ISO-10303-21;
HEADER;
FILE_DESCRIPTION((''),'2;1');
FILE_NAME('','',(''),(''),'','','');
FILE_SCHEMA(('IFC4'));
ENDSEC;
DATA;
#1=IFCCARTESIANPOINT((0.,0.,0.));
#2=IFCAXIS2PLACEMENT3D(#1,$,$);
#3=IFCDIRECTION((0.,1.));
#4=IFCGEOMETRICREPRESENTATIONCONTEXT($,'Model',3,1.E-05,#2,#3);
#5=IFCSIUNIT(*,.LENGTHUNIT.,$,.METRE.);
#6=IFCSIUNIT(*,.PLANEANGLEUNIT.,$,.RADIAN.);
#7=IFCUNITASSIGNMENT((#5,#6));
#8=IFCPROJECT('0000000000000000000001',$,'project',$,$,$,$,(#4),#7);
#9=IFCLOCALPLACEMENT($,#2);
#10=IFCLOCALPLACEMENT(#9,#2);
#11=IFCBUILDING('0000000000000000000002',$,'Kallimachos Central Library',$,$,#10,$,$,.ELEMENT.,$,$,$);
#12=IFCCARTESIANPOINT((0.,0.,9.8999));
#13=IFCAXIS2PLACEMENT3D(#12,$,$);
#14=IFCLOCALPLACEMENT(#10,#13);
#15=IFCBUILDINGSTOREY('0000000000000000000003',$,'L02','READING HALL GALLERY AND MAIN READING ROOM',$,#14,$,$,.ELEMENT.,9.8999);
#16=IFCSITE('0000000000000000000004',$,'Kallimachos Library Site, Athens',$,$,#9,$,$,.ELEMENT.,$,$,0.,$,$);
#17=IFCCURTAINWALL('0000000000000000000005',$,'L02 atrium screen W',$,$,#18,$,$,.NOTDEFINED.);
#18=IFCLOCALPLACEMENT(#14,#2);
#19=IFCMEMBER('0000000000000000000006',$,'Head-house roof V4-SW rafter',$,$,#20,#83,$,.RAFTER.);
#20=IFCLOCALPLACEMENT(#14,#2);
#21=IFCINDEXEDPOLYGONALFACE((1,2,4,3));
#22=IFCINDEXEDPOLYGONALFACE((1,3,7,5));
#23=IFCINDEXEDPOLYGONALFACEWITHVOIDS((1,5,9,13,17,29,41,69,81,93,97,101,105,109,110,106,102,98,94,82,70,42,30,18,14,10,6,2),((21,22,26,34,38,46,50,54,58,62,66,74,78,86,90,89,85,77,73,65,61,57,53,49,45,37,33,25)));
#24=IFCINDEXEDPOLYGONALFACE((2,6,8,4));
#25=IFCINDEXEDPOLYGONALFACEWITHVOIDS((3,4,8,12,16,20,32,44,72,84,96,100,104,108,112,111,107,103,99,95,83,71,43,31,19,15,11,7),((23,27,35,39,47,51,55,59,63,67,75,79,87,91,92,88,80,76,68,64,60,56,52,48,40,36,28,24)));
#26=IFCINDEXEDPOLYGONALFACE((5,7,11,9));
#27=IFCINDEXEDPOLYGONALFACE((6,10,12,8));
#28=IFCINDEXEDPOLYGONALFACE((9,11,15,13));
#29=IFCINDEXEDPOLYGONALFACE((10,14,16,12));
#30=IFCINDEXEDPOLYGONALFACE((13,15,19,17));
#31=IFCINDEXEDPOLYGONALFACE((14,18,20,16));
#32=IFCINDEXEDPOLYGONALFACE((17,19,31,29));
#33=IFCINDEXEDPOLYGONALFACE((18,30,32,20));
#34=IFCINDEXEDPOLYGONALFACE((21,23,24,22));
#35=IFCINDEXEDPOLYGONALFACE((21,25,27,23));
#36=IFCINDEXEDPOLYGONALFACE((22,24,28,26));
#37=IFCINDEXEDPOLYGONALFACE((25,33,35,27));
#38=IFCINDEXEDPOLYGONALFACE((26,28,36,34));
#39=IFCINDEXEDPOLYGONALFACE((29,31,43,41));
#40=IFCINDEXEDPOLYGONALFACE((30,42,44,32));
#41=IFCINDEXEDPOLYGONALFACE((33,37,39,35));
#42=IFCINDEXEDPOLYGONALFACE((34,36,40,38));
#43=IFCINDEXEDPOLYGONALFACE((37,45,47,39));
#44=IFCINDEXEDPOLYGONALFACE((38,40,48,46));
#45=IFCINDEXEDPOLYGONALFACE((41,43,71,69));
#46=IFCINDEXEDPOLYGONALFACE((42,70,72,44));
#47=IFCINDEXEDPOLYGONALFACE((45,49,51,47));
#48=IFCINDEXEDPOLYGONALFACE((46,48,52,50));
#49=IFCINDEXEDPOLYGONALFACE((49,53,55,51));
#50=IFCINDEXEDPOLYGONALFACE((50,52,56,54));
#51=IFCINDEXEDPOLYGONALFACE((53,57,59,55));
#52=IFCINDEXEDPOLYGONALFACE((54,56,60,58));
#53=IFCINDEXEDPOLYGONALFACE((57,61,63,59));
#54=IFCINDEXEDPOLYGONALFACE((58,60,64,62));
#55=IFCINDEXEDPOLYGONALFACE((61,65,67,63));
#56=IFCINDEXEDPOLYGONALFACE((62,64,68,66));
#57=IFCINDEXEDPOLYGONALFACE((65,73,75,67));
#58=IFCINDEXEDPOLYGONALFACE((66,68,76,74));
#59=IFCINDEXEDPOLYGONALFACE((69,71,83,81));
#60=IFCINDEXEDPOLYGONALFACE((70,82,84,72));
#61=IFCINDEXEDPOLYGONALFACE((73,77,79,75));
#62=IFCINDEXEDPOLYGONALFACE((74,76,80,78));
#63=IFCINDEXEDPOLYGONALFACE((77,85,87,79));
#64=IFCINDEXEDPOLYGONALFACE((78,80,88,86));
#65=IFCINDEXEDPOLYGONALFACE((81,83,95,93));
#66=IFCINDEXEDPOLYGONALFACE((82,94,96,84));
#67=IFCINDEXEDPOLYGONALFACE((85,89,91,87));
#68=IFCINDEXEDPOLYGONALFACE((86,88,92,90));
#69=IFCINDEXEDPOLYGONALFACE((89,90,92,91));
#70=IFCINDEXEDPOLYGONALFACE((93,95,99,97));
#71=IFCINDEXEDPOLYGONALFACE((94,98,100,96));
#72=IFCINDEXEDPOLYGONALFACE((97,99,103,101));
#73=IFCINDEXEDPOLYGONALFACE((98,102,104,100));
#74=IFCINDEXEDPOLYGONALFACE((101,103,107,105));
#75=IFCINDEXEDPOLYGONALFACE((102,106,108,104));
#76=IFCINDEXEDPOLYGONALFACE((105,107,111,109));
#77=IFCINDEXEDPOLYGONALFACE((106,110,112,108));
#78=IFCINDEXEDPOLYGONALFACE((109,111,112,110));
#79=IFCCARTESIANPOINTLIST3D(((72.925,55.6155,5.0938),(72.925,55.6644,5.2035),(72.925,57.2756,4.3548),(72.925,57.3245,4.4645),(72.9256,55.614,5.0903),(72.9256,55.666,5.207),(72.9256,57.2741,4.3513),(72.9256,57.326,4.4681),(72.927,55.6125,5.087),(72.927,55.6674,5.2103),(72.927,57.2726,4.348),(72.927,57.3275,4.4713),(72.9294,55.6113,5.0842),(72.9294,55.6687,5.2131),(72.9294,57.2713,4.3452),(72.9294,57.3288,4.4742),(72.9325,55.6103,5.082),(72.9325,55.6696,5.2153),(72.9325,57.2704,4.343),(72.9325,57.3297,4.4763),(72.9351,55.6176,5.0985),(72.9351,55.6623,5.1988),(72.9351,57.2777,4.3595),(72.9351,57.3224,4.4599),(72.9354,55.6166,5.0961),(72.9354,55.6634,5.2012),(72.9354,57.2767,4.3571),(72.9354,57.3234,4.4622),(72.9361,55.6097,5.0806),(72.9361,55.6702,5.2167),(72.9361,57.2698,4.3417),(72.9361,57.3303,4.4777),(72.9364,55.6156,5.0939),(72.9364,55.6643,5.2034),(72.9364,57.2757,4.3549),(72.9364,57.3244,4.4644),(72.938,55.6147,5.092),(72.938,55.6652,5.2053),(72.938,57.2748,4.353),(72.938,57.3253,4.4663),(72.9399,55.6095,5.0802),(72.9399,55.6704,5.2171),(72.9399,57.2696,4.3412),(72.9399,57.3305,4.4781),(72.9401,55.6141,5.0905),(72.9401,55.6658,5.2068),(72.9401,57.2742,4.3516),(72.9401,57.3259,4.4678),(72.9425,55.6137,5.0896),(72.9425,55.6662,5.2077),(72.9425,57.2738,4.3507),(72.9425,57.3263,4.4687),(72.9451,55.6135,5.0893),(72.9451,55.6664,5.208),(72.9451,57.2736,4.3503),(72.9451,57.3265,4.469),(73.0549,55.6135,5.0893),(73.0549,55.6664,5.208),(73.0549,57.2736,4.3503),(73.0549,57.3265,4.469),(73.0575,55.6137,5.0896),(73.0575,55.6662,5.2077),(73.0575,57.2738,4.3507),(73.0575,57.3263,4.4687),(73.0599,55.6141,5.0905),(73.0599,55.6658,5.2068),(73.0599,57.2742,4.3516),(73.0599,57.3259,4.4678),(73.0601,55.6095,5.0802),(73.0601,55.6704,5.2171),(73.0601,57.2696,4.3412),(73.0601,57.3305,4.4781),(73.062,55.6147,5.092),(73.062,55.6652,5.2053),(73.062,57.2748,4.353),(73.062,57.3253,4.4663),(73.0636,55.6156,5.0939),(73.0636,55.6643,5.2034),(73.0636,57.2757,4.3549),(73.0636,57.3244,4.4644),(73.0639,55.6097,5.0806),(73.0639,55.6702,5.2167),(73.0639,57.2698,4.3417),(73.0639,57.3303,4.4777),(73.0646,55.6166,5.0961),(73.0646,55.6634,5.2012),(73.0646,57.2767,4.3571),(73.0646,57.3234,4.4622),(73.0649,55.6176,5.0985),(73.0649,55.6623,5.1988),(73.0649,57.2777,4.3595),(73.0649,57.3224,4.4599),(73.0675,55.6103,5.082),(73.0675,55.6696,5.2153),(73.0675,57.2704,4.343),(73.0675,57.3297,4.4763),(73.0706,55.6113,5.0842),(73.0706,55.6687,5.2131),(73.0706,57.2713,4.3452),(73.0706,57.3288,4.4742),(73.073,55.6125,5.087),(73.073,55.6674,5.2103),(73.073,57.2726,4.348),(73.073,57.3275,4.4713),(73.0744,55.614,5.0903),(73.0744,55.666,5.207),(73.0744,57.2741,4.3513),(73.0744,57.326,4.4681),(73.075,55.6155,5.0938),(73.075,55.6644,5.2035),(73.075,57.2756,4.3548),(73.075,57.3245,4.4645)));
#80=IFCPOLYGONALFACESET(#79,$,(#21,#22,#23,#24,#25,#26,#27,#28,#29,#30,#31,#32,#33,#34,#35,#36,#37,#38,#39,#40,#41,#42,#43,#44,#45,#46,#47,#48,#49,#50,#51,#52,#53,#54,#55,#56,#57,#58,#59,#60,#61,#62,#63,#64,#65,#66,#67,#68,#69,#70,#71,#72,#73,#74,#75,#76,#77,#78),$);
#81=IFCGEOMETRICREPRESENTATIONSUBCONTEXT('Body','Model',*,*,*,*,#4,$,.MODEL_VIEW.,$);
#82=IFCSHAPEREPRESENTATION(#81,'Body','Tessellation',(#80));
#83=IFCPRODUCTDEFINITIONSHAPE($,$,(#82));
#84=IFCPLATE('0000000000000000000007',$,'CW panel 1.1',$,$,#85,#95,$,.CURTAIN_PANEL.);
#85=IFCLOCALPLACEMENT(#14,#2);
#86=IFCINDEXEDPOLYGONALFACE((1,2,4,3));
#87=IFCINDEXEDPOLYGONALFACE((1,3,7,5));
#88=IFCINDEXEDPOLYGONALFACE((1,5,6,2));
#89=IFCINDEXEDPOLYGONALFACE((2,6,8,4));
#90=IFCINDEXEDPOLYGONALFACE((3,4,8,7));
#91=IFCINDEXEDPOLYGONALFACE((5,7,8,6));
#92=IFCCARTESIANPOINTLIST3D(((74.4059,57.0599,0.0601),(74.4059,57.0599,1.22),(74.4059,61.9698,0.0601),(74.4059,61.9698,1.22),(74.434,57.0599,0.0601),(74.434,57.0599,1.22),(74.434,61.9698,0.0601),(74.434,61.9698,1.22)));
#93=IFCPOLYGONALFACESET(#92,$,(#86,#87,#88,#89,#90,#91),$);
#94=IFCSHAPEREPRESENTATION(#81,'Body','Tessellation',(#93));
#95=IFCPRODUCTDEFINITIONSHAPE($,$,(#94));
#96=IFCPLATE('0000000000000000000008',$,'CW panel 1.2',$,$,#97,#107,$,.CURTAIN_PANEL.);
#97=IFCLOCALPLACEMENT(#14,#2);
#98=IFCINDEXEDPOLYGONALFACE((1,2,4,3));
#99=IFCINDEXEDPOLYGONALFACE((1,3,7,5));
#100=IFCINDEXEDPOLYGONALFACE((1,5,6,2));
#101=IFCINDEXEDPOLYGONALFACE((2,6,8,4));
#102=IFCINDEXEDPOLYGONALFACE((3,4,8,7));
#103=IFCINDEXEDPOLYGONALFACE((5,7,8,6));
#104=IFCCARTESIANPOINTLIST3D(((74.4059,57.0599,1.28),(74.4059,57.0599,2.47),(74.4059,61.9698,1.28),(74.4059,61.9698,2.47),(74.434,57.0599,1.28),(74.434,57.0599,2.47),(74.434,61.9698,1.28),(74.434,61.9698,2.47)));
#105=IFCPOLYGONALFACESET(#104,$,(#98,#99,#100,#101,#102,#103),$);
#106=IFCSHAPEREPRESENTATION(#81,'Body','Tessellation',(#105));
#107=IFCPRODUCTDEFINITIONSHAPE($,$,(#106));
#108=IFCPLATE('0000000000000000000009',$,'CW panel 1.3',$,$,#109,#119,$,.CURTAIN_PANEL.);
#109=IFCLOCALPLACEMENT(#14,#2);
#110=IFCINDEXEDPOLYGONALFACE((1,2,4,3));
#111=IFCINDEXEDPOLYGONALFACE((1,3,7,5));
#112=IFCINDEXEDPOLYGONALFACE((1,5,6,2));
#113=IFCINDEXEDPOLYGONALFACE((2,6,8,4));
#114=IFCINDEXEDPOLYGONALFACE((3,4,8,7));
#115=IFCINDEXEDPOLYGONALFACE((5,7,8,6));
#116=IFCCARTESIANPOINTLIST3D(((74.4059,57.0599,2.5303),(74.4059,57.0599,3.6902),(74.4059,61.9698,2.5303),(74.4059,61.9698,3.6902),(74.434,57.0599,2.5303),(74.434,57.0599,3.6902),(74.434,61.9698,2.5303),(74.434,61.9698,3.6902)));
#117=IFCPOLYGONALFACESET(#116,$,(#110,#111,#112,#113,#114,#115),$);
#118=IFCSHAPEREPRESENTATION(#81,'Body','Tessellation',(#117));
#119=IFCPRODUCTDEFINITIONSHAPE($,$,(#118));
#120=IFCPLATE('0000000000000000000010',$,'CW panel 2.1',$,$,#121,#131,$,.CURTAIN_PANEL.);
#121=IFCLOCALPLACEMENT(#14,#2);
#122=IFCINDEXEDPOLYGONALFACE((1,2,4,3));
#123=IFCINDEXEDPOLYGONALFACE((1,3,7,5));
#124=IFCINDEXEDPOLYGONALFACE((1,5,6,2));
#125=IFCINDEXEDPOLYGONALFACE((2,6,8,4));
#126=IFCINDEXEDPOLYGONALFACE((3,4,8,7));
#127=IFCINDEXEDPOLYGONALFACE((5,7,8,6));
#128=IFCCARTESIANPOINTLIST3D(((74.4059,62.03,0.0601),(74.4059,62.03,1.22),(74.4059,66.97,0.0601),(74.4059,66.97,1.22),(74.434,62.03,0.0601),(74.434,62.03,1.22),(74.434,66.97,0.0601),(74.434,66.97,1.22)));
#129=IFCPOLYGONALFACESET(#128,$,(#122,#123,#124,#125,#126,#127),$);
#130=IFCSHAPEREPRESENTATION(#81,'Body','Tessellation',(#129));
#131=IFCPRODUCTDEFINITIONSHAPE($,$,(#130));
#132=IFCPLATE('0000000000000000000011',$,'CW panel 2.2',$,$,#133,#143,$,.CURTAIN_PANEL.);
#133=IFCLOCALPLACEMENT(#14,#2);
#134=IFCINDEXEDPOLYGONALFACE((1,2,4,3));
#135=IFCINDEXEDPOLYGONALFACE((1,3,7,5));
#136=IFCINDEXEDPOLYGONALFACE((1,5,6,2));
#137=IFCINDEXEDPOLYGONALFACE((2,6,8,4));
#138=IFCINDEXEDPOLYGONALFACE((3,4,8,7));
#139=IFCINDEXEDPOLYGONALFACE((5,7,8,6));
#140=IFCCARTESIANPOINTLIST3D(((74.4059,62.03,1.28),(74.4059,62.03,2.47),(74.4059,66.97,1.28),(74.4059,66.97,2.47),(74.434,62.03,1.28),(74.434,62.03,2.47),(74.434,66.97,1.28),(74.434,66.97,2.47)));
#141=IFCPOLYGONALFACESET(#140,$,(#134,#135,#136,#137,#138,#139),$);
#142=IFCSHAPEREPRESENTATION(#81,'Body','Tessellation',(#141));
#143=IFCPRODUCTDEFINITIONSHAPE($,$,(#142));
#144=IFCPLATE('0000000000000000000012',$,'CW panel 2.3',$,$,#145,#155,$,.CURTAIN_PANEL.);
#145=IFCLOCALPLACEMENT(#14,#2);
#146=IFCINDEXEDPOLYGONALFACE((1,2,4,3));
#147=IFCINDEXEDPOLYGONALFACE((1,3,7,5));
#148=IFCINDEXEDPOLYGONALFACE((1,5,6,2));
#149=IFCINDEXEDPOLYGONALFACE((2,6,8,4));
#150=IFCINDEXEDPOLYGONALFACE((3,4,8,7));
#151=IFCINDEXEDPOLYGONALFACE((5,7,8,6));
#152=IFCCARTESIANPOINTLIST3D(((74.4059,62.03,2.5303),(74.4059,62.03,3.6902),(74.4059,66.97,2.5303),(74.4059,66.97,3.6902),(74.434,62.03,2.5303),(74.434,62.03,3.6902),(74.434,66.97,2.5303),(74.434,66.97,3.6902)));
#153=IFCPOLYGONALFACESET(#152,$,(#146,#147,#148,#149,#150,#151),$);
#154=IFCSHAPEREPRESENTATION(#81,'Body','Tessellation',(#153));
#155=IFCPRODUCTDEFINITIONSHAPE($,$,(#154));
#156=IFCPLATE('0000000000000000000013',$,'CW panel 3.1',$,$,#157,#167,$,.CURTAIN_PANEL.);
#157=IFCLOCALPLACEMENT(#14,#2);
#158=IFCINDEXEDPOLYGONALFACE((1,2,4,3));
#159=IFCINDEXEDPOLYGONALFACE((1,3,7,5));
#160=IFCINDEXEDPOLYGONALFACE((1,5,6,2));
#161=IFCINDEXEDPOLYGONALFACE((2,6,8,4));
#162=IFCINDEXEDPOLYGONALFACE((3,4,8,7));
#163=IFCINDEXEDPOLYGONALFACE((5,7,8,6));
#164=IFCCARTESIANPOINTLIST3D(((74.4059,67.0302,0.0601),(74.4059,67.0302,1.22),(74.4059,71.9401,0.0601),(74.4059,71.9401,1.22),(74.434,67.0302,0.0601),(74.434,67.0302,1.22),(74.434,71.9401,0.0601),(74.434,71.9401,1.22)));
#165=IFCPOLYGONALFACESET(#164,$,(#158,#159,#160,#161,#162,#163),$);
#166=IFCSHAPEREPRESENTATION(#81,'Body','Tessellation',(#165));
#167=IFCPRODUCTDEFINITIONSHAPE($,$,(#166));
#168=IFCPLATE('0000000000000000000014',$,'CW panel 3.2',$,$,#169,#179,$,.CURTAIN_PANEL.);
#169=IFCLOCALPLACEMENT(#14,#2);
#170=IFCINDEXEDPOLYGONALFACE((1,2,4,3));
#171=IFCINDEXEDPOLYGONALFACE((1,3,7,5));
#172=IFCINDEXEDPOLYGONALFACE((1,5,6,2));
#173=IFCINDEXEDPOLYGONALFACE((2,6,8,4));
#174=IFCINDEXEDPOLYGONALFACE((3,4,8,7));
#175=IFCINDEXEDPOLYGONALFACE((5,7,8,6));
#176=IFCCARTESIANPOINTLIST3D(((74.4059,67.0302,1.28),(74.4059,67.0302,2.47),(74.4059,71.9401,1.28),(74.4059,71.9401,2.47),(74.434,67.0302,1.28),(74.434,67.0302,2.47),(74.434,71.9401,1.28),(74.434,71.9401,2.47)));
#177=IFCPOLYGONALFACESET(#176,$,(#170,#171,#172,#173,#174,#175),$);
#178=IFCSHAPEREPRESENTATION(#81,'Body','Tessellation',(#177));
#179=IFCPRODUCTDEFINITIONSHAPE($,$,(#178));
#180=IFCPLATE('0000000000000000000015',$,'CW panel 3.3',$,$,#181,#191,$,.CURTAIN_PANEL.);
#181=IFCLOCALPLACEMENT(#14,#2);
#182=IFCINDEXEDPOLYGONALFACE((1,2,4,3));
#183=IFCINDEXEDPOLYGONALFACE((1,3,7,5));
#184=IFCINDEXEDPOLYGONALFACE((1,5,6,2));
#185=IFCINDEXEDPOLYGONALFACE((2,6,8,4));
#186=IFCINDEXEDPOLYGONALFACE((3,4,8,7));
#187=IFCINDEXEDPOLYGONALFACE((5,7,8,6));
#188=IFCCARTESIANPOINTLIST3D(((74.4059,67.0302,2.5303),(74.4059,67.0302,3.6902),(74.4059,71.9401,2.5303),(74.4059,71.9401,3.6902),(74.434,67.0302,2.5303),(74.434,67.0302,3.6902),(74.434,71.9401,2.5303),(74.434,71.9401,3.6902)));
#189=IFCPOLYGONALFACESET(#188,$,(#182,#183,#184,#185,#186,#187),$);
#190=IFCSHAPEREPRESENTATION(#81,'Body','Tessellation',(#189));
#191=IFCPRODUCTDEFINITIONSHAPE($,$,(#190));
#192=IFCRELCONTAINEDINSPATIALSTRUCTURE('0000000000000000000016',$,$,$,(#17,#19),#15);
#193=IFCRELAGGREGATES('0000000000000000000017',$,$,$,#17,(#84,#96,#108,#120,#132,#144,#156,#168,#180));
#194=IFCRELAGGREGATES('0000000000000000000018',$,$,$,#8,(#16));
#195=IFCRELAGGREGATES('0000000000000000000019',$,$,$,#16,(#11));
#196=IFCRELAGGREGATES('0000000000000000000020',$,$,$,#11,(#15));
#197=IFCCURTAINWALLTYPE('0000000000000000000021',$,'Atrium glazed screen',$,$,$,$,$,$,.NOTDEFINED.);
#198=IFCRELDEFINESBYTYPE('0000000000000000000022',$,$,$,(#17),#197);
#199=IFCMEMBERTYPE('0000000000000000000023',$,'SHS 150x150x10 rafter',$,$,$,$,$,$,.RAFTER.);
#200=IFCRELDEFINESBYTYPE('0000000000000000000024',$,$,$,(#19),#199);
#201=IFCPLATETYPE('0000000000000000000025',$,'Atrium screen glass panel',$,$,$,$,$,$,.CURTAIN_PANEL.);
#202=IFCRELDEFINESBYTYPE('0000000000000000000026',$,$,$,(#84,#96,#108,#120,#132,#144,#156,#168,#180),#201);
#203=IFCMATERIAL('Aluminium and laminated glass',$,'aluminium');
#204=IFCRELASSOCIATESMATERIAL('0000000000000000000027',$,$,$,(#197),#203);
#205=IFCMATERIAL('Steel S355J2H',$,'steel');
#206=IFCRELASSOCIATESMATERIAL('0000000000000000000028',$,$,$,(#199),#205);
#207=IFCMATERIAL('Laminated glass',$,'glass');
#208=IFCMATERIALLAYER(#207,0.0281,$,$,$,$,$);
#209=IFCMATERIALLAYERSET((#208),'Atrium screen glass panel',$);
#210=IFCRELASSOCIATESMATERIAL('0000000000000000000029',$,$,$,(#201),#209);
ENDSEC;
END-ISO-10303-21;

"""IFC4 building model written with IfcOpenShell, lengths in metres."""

from ifc_helpers import new_model, si_unit, direction, frame, origin, origin_2d, place, context, subcontext, project, spatial, rectangle, hollow_rectangle, extrude, material, layer, layer_set, material_profile, profile_set, type_object, element, aggregate, save


model = new_model("IFC4")

# Units and contexts
model_context = context("Model", 3, precision=1e-05, world=origin(), true_north=direction((0.0, 1.0)))
body_context = subcontext(model_context, "Body", "Model", "MODEL_VIEW")
ifc_project = project(units=[si_unit("LENGTHUNIT", "METRE"), si_unit("PLANEANGLEUNIT", "RADIAN")], contexts=[model_context])

# Site, building, storey
site_placement = place(None, origin())
site = spatial("IfcSite", under=ifc_project, at=site_placement, Name="Kallimachos Library Site, Athens", CompositionType="ELEMENT", RefElevation=0.0)
building_placement = place(site_placement, origin())
building = spatial("IfcBuilding", under=site, at=building_placement, Name="Kallimachos Central Library", CompositionType="ELEMENT")
storey_placement = place(building_placement, frame((0.0, 0.0, 9.8999)))
storey = spatial("IfcBuildingStorey", under=building, at=storey_placement, Name="L02", Description="READING HALL GALLERY AND MAIN READING ROOM", CompositionType="ELEMENT", Elevation=9.8999)

# Curtain wall
ifc_material_1 = material(Name="Aluminium and laminated glass", Category="aluminium")
curtain_wall_type = type_object("IfcCurtainWallType", Name="Atrium glazed screen", PredefinedType="NOTDEFINED", material=ifc_material_1)
curtain_wall_placement = place(storey_placement, origin())
curtain_wall = element("IfcCurtainWall", 1, at=curtain_wall_placement, inside=storey, type_object=curtain_wall_type, Name="L02 atrium screen W", PredefinedType="NOTDEFINED")

# Member
ifc_material_2 = material(Name="Steel S355J2H", Category="steel")
ifc_material_profile_1 = material_profile(ifc_material_2, hollow_rectangle(XDim=0.1499, YDim=0.1499, WallThickness=0.01, InnerFilletRadius=0.01, OuterFilletRadius=0.0149, at=origin_2d()), Name="SHS 150x150x10")
ifc_profile_set_1 = profile_set([ifc_material_profile_1], Name="Steel S355J2H")
member_type_1 = type_object("IfcMemberType", Name="SHS 150x150x10 rafter", PredefinedType="RAFTER", material=ifc_profile_set_1)
member_1_placement = place(storey_placement, frame((73.0, 57.3, 4.4097), z_axis=(0.0, -0.913573, 0.406674), x_axis=(1.0, 0.0, 0.0)))
element("IfcMember", 2, at=member_1_placement, inside=storey, type_object=member_type_1, Name="Head-house roof V4-SW rafter", PredefinedType="RAFTER", context=body_context, shape_type="SweptSolid", body=[
    extrude(hollow_rectangle(XDim=0.1499, YDim=0.1499, WallThickness=0.01, InnerFilletRadius=0.01, OuterFilletRadius=0.0149, at=origin_2d()), origin(), (0.0, 0.0, 1.0), 1.8171),
])

# Plates
ifc_material_3 = material(Name="Laminated glass", Category="glass")
ifc_layer = layer(ifc_material_3, 0.0281)
ifc_layer_set = layer_set([ifc_layer], Name="Atrium screen glass panel")
plate_type = type_object("IfcPlateType", Name="Atrium screen glass panel", PredefinedType="CURTAIN_PANEL", material=ifc_layer_set)
plate_1_placement = place(storey_placement, frame((74.4199, 59.5149, 0.0601), z_axis=(0.0, 0.0, 1.0), x_axis=(0.0, 1.0, 0.0)))
plate_1 = element("IfcPlate", 3, at=plate_1_placement, type_object=plate_type, Name="CW panel 1.1", PredefinedType="CURTAIN_PANEL", context=body_context, shape_type="SweptSolid", body=[
    extrude(rectangle(XDim=4.9099, YDim=0.0281, at=origin_2d()), origin(), (0.0, 0.0, 1.0), 1.1599),
])
plate_2_placement = place(storey_placement, frame((74.4199, 59.5149, 1.28), z_axis=(0.0, 0.0, 1.0), x_axis=(0.0, 1.0, 0.0)))
plate_2 = element("IfcPlate", 4, at=plate_2_placement, type_object=plate_type, Name="CW panel 1.2", PredefinedType="CURTAIN_PANEL", context=body_context, shape_type="SweptSolid", body=[
    extrude(rectangle(XDim=4.9099, YDim=0.0281, at=origin_2d()), origin(), (0.0, 0.0, 1.0), 1.1899),
])
plate_3_placement = place(storey_placement, frame((74.4199, 59.5149, 2.5303), z_axis=(0.0, 0.0, 1.0), x_axis=(0.0, 1.0, 0.0)))
plate_3 = element("IfcPlate", 5, at=plate_3_placement, type_object=plate_type, Name="CW panel 1.3", PredefinedType="CURTAIN_PANEL", context=body_context, shape_type="SweptSolid", body=[
    extrude(rectangle(XDim=4.9099, YDim=0.0281, at=origin_2d()), origin(), (0.0, 0.0, 1.0), 1.1599),
])
plate_4_placement = place(storey_placement, frame((74.4199, 64.5, 0.0601), z_axis=(0.0, 0.0, 1.0), x_axis=(0.0, 1.0, 0.0)))
plate_4 = element("IfcPlate", 6, at=plate_4_placement, type_object=plate_type, Name="CW panel 2.1", PredefinedType="CURTAIN_PANEL", context=body_context, shape_type="SweptSolid", body=[
    extrude(rectangle(XDim=4.9399, YDim=0.0281, at=origin_2d()), origin(), (0.0, 0.0, 1.0), 1.1599),
])
plate_5_placement = place(storey_placement, frame((74.4199, 64.5, 1.28), z_axis=(0.0, 0.0, 1.0), x_axis=(0.0, 1.0, 0.0)))
plate_5 = element("IfcPlate", 7, at=plate_5_placement, type_object=plate_type, Name="CW panel 2.2", PredefinedType="CURTAIN_PANEL", context=body_context, shape_type="SweptSolid", body=[
    extrude(rectangle(XDim=4.9399, YDim=0.0281, at=origin_2d()), origin(), (0.0, 0.0, 1.0), 1.1899),
])
plate_6_placement = place(storey_placement, frame((74.4199, 64.5, 2.5303), z_axis=(0.0, 0.0, 1.0), x_axis=(0.0, 1.0, 0.0)))
plate_6 = element("IfcPlate", 8, at=plate_6_placement, type_object=plate_type, Name="CW panel 2.3", PredefinedType="CURTAIN_PANEL", context=body_context, shape_type="SweptSolid", body=[
    extrude(rectangle(XDim=4.9399, YDim=0.0281, at=origin_2d()), origin(), (0.0, 0.0, 1.0), 1.1599),
])
plate_7_placement = place(storey_placement, frame((74.4199, 69.4851, 0.0601), z_axis=(0.0, 0.0, 1.0), x_axis=(0.0, 1.0, 0.0)))
plate_7 = element("IfcPlate", 9, at=plate_7_placement, type_object=plate_type, Name="CW panel 3.1", PredefinedType="CURTAIN_PANEL", context=body_context, shape_type="SweptSolid", body=[
    extrude(rectangle(XDim=4.9099, YDim=0.0281, at=origin_2d()), origin(), (0.0, 0.0, 1.0), 1.1599),
])
plate_8_placement = place(storey_placement, frame((74.4199, 69.4851, 1.28), z_axis=(0.0, 0.0, 1.0), x_axis=(0.0, 1.0, 0.0)))
plate_8 = element("IfcPlate", 10, at=plate_8_placement, type_object=plate_type, Name="CW panel 3.2", PredefinedType="CURTAIN_PANEL", context=body_context, shape_type="SweptSolid", body=[
    extrude(rectangle(XDim=4.9099, YDim=0.0281, at=origin_2d()), origin(), (0.0, 0.0, 1.0), 1.1899),
])
plate_9_placement = place(storey_placement, frame((74.4199, 69.4851, 2.5303), z_axis=(0.0, 0.0, 1.0), x_axis=(0.0, 1.0, 0.0)))
plate_9 = element("IfcPlate", 11, at=plate_9_placement, type_object=plate_type, Name="CW panel 3.3", PredefinedType="CURTAIN_PANEL", context=body_context, shape_type="SweptSolid", body=[
    extrude(rectangle(XDim=4.9099, YDim=0.0281, at=origin_2d()), origin(), (0.0, 0.0, 1.0), 1.1599),
])
aggregate(curtain_wall, [plate_1, plate_2, plate_3, plate_4, plate_5, plate_6, plate_7, plate_8, plate_9])

save(model, "model.ifc")
